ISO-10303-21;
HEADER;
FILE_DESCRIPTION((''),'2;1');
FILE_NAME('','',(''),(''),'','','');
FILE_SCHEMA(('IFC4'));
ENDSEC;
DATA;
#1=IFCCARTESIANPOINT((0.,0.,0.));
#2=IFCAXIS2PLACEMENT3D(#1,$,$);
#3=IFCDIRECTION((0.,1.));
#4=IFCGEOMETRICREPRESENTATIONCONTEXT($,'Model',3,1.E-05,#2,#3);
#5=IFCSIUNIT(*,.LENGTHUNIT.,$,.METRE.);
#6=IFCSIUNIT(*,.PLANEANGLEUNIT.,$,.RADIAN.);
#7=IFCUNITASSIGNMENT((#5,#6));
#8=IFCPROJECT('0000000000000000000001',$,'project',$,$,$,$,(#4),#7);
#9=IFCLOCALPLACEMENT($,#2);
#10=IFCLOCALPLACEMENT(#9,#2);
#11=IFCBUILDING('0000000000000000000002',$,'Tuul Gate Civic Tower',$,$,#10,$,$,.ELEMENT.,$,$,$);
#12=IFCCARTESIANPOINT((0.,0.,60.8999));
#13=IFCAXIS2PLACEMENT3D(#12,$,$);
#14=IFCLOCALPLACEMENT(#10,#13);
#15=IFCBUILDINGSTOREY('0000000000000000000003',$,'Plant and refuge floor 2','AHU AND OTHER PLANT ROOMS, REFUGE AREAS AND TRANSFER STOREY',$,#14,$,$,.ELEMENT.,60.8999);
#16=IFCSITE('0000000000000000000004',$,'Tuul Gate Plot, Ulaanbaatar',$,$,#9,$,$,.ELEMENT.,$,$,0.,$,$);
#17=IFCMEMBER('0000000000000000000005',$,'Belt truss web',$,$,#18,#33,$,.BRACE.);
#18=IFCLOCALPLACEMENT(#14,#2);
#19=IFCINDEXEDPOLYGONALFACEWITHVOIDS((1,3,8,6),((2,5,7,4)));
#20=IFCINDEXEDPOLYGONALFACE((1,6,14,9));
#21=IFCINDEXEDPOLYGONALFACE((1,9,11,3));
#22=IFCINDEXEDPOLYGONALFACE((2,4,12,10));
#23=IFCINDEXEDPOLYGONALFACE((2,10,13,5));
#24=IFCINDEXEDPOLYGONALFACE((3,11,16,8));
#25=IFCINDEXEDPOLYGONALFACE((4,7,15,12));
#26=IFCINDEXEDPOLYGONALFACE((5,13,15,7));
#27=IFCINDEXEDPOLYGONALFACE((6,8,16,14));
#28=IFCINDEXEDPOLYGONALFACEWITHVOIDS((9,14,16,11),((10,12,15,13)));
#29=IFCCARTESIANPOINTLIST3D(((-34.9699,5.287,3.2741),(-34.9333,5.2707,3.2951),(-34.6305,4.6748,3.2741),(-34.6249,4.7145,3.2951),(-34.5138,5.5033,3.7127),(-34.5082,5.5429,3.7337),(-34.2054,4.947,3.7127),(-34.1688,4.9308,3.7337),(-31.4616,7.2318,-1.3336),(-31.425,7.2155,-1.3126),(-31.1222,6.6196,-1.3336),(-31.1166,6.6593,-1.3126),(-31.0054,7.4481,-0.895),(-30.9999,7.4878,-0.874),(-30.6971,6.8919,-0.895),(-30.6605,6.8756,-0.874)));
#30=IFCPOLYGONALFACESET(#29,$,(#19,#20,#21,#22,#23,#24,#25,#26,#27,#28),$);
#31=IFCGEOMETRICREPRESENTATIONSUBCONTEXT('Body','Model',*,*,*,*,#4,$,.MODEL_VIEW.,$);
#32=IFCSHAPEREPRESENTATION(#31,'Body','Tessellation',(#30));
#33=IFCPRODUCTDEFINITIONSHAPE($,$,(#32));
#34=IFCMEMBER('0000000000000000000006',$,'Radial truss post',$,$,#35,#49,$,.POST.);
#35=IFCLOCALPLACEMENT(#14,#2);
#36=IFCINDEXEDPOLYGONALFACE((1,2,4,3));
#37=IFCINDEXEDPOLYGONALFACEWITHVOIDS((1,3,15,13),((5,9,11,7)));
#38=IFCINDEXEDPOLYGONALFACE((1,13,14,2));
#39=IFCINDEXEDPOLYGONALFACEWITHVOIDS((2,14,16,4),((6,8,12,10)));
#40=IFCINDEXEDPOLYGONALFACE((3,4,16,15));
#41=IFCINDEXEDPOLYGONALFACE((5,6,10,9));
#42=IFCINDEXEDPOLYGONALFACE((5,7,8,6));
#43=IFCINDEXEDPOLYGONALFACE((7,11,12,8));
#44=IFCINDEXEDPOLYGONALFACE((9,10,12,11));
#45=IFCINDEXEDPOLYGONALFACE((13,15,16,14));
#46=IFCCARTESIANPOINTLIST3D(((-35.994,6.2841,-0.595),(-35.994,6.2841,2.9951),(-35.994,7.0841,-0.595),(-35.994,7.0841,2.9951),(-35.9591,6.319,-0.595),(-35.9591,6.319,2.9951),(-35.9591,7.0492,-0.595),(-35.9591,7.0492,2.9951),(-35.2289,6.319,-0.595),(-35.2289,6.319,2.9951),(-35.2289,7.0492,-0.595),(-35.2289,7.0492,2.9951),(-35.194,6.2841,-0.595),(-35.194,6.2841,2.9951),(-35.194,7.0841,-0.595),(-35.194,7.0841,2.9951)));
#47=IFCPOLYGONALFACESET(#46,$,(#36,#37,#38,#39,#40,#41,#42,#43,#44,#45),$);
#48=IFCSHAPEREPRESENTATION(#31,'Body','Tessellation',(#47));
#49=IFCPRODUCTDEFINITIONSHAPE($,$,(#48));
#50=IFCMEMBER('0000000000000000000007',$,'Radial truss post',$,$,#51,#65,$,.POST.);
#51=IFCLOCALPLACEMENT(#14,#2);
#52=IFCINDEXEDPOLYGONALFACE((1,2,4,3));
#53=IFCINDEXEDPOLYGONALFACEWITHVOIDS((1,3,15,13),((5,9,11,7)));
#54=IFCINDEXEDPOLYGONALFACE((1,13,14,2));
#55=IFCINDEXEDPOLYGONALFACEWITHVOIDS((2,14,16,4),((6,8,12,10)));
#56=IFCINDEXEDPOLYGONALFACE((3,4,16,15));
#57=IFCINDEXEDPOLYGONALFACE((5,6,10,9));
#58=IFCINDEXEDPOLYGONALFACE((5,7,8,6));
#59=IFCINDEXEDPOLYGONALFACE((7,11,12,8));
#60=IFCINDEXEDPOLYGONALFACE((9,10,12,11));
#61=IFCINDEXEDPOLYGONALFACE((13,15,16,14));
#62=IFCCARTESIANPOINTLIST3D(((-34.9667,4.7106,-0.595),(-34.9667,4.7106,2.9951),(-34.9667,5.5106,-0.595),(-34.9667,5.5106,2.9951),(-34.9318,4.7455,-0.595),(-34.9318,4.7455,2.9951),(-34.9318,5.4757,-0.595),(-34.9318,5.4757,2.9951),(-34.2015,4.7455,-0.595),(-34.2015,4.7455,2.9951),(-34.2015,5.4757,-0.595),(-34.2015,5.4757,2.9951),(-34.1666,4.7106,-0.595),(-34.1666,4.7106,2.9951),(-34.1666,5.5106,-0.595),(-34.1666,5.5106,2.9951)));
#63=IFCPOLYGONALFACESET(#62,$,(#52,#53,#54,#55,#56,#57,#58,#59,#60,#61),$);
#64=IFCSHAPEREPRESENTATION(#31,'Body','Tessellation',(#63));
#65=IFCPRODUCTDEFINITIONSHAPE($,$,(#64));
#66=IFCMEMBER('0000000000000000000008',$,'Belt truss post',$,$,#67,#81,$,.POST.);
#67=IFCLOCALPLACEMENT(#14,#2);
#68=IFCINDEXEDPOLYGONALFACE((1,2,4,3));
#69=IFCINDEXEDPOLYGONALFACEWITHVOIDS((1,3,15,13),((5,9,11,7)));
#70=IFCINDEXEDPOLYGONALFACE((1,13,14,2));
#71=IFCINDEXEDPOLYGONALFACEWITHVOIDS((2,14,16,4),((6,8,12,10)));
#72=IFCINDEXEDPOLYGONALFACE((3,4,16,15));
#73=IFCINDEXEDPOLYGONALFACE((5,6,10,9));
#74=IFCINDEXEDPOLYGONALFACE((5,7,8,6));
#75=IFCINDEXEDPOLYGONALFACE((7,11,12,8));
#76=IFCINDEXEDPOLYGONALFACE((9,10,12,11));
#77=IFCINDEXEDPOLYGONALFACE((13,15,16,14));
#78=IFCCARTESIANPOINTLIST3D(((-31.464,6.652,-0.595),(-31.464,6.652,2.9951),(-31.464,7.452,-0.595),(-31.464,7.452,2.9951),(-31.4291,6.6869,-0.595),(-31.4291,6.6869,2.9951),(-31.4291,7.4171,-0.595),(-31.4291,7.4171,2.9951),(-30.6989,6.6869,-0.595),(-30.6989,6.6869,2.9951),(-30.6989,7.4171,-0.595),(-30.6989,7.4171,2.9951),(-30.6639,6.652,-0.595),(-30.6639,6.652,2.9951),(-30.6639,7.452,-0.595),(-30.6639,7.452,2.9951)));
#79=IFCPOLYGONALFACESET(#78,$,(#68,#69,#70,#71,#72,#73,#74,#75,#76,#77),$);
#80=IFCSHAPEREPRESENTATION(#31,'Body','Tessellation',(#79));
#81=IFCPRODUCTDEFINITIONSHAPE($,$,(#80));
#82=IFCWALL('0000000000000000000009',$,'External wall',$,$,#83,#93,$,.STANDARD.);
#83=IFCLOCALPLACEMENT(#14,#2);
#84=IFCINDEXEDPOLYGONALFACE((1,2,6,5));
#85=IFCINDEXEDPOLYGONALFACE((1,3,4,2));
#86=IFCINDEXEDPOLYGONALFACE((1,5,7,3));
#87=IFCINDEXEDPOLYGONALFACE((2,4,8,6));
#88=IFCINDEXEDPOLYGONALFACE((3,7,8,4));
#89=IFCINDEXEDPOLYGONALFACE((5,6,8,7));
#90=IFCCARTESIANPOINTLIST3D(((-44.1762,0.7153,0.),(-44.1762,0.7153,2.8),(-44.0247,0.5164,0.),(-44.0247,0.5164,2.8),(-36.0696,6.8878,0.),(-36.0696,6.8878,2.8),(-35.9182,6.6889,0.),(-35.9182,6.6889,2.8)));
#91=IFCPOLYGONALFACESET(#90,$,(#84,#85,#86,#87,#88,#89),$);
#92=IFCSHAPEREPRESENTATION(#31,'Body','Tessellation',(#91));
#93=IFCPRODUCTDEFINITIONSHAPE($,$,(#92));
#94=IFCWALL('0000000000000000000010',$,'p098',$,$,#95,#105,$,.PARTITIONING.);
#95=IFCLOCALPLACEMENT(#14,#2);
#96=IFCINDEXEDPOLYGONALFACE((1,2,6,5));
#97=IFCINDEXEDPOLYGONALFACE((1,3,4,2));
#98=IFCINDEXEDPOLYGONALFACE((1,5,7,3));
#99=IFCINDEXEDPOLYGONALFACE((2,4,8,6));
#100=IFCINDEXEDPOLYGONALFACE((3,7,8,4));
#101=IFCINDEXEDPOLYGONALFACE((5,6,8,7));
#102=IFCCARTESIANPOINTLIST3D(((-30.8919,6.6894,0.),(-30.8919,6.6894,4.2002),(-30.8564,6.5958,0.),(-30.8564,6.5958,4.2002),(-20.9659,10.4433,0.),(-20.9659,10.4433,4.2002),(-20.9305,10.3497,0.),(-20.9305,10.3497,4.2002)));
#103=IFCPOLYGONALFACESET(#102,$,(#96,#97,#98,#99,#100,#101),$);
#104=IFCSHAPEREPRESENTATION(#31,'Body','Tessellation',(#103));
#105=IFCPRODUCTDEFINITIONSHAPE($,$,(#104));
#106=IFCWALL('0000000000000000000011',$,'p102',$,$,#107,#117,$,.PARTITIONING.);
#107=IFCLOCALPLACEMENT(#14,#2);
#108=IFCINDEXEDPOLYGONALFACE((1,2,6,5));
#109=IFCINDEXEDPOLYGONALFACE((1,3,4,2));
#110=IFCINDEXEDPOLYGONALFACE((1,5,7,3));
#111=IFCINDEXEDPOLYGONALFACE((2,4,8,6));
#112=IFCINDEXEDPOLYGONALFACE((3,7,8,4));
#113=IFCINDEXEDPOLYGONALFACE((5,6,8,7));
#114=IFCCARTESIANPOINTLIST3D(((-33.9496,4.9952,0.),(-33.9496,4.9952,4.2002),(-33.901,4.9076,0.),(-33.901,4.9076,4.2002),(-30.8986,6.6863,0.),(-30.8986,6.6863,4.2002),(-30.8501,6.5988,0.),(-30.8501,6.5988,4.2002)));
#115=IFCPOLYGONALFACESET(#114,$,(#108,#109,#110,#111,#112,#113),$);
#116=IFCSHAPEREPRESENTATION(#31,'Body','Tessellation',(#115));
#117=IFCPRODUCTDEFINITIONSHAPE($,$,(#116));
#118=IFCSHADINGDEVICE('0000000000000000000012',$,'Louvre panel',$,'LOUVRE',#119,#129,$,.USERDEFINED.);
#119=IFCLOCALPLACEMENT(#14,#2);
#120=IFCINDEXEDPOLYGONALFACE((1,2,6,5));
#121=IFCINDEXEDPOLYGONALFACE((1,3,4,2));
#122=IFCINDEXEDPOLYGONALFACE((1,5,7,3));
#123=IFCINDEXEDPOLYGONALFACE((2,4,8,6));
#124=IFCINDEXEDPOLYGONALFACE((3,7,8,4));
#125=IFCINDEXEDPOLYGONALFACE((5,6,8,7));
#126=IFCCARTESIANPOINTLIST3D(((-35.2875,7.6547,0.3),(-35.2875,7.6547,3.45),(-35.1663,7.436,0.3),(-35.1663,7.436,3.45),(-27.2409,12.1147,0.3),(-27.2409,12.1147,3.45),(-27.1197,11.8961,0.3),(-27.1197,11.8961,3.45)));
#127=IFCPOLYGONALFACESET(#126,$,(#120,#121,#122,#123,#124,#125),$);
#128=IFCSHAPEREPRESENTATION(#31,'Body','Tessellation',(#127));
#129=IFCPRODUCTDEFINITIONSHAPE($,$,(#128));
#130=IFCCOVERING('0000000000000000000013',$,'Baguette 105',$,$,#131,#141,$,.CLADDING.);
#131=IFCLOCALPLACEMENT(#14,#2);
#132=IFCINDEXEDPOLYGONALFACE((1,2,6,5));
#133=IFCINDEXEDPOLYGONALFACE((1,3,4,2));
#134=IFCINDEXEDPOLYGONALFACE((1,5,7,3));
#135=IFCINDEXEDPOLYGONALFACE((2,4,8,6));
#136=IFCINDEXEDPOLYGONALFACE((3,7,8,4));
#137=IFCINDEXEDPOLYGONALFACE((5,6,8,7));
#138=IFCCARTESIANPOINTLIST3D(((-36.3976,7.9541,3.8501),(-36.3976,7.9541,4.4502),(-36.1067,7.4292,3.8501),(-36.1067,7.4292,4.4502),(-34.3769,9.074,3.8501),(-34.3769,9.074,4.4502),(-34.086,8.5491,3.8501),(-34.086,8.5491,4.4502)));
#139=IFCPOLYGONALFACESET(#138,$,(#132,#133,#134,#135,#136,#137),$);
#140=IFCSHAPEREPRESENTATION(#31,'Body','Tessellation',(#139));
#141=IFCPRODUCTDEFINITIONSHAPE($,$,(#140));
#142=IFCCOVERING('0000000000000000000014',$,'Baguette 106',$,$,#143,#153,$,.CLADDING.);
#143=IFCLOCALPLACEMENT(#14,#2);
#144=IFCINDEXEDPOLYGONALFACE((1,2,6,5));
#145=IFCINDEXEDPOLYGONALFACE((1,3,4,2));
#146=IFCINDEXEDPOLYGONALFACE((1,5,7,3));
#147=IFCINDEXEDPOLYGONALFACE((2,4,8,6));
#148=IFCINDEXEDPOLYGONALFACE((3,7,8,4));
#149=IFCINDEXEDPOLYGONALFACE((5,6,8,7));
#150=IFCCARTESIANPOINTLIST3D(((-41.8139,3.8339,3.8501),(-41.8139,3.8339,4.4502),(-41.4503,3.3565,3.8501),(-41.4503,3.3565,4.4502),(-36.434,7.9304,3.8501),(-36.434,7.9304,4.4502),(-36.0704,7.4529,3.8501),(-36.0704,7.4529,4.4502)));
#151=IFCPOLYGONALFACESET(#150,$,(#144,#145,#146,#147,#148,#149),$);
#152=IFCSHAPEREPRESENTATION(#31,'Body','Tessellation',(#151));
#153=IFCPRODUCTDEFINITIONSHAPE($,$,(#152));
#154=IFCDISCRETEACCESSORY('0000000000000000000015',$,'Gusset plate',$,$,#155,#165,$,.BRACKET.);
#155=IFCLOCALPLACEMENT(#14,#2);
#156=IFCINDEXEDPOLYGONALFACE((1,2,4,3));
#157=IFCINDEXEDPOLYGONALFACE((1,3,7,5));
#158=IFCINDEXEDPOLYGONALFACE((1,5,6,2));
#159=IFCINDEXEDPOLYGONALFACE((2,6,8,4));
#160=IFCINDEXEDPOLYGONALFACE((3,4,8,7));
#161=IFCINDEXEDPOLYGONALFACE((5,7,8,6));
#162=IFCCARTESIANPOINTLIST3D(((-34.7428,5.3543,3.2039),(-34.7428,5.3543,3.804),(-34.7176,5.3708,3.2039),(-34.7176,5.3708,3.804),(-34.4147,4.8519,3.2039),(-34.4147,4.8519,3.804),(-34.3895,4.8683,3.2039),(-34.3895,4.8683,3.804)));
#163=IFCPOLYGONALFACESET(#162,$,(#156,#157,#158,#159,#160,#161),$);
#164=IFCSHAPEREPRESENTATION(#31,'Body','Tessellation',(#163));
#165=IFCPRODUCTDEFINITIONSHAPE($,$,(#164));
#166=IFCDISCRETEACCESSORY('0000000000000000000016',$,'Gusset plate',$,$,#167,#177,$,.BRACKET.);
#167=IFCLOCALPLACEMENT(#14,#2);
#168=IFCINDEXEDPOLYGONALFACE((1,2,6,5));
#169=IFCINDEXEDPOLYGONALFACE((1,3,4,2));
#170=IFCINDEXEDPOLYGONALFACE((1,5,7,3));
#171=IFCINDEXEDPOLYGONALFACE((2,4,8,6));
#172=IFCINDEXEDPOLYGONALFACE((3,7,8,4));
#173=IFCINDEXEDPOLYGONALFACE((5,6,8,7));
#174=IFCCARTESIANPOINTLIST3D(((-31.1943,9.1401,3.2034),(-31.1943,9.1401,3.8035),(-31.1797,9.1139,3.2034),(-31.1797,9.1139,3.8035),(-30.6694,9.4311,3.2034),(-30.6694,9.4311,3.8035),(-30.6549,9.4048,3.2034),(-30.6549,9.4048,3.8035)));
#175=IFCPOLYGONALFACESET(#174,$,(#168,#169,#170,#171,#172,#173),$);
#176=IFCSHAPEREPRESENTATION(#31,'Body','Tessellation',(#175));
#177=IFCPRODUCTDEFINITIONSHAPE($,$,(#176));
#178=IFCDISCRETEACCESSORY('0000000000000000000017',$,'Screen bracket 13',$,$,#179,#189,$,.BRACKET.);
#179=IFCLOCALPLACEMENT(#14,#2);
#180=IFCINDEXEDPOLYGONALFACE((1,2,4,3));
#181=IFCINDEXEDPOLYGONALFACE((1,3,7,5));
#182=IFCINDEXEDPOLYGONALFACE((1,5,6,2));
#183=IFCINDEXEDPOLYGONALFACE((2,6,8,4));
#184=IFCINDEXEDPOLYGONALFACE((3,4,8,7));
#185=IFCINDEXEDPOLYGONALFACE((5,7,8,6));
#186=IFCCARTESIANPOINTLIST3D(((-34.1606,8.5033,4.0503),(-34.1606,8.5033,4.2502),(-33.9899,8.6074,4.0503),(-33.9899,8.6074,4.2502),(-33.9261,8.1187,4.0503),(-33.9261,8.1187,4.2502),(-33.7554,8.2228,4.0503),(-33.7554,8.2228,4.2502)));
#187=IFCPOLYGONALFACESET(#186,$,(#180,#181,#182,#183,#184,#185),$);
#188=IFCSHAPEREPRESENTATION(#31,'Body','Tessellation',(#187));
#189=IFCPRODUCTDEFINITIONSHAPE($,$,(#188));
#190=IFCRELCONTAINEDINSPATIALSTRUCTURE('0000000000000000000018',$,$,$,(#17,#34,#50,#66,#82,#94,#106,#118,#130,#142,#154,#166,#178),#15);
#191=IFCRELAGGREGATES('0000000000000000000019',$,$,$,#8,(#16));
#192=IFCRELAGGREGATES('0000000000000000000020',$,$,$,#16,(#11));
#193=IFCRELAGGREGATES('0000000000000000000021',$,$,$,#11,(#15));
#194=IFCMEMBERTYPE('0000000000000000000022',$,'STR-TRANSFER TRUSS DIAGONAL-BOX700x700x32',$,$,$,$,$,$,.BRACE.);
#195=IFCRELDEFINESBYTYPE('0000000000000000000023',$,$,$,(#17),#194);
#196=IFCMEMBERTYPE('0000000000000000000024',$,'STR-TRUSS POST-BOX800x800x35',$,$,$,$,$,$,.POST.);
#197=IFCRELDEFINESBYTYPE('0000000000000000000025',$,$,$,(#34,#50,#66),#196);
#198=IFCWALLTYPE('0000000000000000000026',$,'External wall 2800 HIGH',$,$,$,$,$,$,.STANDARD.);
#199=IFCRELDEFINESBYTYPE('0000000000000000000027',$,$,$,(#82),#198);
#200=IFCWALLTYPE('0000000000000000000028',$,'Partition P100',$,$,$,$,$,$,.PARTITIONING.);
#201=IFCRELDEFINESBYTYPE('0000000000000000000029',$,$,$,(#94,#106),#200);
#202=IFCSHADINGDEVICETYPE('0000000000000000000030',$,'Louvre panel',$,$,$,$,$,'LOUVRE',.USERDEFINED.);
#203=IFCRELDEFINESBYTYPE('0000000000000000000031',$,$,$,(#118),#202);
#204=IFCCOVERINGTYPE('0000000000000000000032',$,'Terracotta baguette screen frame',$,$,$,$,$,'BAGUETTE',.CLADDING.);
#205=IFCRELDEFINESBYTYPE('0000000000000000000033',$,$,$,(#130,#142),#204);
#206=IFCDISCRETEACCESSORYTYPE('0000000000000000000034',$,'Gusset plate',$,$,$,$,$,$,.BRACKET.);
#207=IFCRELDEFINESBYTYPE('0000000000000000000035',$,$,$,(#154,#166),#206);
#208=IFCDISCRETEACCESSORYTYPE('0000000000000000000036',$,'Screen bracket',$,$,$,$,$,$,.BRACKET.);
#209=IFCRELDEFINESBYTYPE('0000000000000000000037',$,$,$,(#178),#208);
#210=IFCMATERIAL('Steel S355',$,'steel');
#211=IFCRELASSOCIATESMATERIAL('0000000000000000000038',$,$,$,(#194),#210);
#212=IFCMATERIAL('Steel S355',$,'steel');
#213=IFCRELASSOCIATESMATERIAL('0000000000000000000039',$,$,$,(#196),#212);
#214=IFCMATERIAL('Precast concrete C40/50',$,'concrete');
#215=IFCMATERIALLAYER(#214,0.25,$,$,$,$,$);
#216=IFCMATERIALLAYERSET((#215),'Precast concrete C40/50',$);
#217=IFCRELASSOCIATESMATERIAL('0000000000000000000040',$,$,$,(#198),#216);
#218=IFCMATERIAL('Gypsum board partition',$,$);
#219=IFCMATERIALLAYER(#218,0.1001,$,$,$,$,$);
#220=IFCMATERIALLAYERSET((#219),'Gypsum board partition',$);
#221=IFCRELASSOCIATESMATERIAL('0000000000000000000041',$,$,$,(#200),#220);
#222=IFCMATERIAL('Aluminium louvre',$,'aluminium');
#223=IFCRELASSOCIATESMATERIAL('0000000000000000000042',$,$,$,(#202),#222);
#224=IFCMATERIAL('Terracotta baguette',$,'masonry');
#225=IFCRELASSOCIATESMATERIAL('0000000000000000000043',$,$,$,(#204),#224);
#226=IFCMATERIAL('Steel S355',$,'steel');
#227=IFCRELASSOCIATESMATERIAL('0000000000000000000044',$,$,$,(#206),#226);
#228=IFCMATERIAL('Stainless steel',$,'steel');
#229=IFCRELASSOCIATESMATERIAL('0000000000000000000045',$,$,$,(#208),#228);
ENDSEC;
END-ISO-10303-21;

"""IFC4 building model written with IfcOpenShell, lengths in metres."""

from ifc_helpers import new_model, si_unit, direction, frame, frame_2d, origin, origin_2d, place, context, subcontext, project, spatial, rectangle, hollow_rectangle, extrude, material, layer, layer_set, material_profile, profile_set, type_object, element, save


model = new_model("IFC4")

# Units and contexts
model_context = context("Model", 3, precision=1e-05, world=origin(), true_north=direction((0.0, 1.0)))
body_context = subcontext(model_context, "Body", "Model", "MODEL_VIEW")
ifc_project = project(units=[si_unit("LENGTHUNIT", "METRE"), si_unit("PLANEANGLEUNIT", "RADIAN")], contexts=[model_context])

# Site, building, storey
site_placement = place(None, origin())
site = spatial("IfcSite", under=ifc_project, at=site_placement, Name="Tuul Gate Plot, Ulaanbaatar", CompositionType="ELEMENT", RefElevation=0.0)
building_placement = place(site_placement, origin())
building = spatial("IfcBuilding", under=site, at=building_placement, Name="Tuul Gate Civic Tower", CompositionType="ELEMENT")
storey_placement = place(building_placement, frame((0.0, 0.0, 60.8999)))
storey = spatial("IfcBuildingStorey", under=building, at=storey_placement, Name="Plant and refuge floor 2", Description="AHU AND OTHER PLANT ROOMS, REFUGE AREAS AND TRANSFER STOREY", CompositionType="ELEMENT", Elevation=60.8999)

# Members
ifc_material_1 = material(Name="Steel S355", Category="steel")
ifc_material_profile_1 = material_profile(ifc_material_1, hollow_rectangle(XDim=0.7, YDim=0.7, WallThickness=0.032, at=origin_2d()), Name="BOX700x700x32")
ifc_profile_set_1 = profile_set([ifc_material_profile_1], Name="Steel S355")
member_type_1 = type_object("IfcMemberType", Name="STR-TRANSFER TRUSS DIAGONAL-BOX700x700x32", PredefinedType="BRACE", material=ifc_profile_set_1)
member_1_placement = place(storey_placement, frame((-31.061, 7.0537, -1.1038), z_axis=(-0.574275, -0.318349, 0.75423), x_axis=(0.484837, -0.874605, 0.0)))
element("IfcMember", 1, at=member_1_placement, inside=storey, type_object=member_type_1, Name="Belt truss web", PredefinedType="BRACE", context=body_context, shape_type="SweptSolid", body=[
    extrude(hollow_rectangle(XDim=0.7, YDim=0.7, WallThickness=0.032, at=origin_2d()), origin(), (0.0, 0.0, 1.0), 6.1091),
])
ifc_material_2 = material(Name="Steel S355", Category="steel")
ifc_material_profile_2 = material_profile(ifc_material_2, hollow_rectangle(XDim=0.8, YDim=0.8, WallThickness=0.0349, at=origin_2d()), Name="BOX800x800x35")
ifc_profile_set_2 = profile_set([ifc_material_profile_2], Name="Steel S355")
member_type_2 = type_object("IfcMemberType", Name="STR-TRUSS POST-BOX800x800x35", PredefinedType="POST", material=ifc_profile_set_2)
for number, where, z_axis, x_axis, name in (
    (2, (-35.594, 6.6841, -0.595), (0.0, 0.0, 1.0), (1.0, 0.0, 0.0), "Radial truss post"),
    (3, (-34.5667, 5.1106, -0.595), (0.0, 0.0, 1.0), (1.0, 0.0, 0.0), "Radial truss post"),
    (4, (-31.064, 7.052, -0.595), (0.0, 0.0, 1.0), (1.0, 0.0, 0.0), "Belt truss post"),
):
    element("IfcMember", number, at=place(storey_placement, frame(where, z_axis=z_axis, x_axis=x_axis)), inside=storey, type_object=member_type_2, Name=name, PredefinedType="POST", context=body_context, shape_type="SweptSolid", body=[
        extrude(hollow_rectangle(XDim=0.8, YDim=0.8, WallThickness=0.0349, at=origin_2d()), origin(), (0.0, 0.0, 1.0), 3.5901),
    ])

# Walls
ifc_material_3 = material(Name="Precast concrete C40/50", Category="concrete")
ifc_layer_1 = layer(ifc_material_3, 0.25)
ifc_layer_set_1 = layer_set([ifc_layer_1], Name="Precast concrete C40/50")
wall_type_1 = type_object("IfcWallType", Name="External wall 2800 HIGH", PredefinedType="STANDARD", material=ifc_layer_set_1)
wall_1_placement = place(storey_placement, frame((-35.9939, 6.7883, 0.0), z_axis=(0.0, 0.0, 1.0), x_axis=(-0.79562, -0.605796, 0.0)))
element("IfcWall", 5, at=wall_1_placement, inside=storey, type_object=wall_type_1, Name="External wall", PredefinedType="STANDARD", context=body_context, shape_type="SweptSolid", body=[
    extrude(rectangle(XDim=10.189, YDim=0.25, at=frame_2d((5.0945, 0.0))), origin(), (0.0, 0.0, 1.0), 2.8),
])
ifc_material_4 = material(Name="Gypsum board partition")
ifc_layer_2 = layer(ifc_material_4, 0.1001)
ifc_layer_set_2 = layer_set([ifc_layer_2], Name="Gypsum board partition")
wall_type_2 = type_object("IfcWallType", Name="Partition P100", PredefinedType="PARTITIONING", material=ifc_layer_set_2)
wall_2_placement = place(storey_placement, frame((-30.8743, 6.6426, 0.0), z_axis=(0.0, 0.0, 1.0), x_axis=(0.935345, 0.353737, 0.0)))
element("IfcWall", 6, at=wall_2_placement, inside=storey, type_object=wall_type_2, Name="p098", PredefinedType="PARTITIONING", context=body_context, shape_type="SweptSolid", body=[
    extrude(rectangle(XDim=10.6121, YDim=0.1001, at=frame_2d((5.3062, 0.0))), origin(), (0.0, 0.0, 1.0), 4.2002),
])
wall_3_placement = place(storey_placement, frame((-33.9253, 4.9514, 0.0), z_axis=(0.0, 0.0, 1.0), x_axis=(0.874626, 0.484799, 0.0)))
element("IfcWall", 7, at=wall_3_placement, inside=storey, type_object=wall_type_2, Name="p102", PredefinedType="PARTITIONING", context=body_context, shape_type="SweptSolid", body=[
    extrude(rectangle(XDim=3.4883, YDim=0.1001, at=frame_2d((1.7441, 0.0))), origin(), (0.0, 0.0, 1.0), 4.2002),
])

# Shading device
ifc_material_5 = material(Name="Aluminium louvre", Category="aluminium")
shading_device_type = type_object("IfcShadingDeviceType", Name="Louvre panel", ElementType="LOUVRE", PredefinedType="USERDEFINED", material=ifc_material_5)
shading_device_placement = place(storey_placement, frame((-31.2036, 9.7754, 0.3), z_axis=(0.0, 0.0, 1.0), x_axis=(-0.484789, 0.874631, 0.0)))
element("IfcShadingDevice", 8, at=shading_device_placement, inside=storey, type_object=shading_device_type, Name="Louvre panel", ObjectType="LOUVRE", PredefinedType="USERDEFINED", context=body_context, shape_type="SweptSolid", body=[
    extrude(rectangle(XDim=0.25, YDim=9.2, at=origin_2d()), origin(), (0.0, 0.0, 1.0), 3.1499),
])

# Coverings
ifc_material_6 = material(Name="Terracotta baguette", Category="masonry")
ifc_material_profile_3 = material_profile(ifc_material_6, rectangle(XDim=0.6001, YDim=0.6001, at=origin_2d()), Name="Terracotta baguette screen frame")
ifc_profile_set_3 = profile_set([ifc_material_profile_3], Name="Terracotta baguette")
covering_type = type_object("IfcCoveringType", Name="Terracotta baguette screen frame", ElementType="BAGUETTE", PredefinedType="CLADDING", material=ifc_profile_set_3)
covering_1_placement = place(storey_placement, frame((-34.2314, 8.8115, 4.1501), z_axis=(-0.874665, -0.484727, 0.0), x_axis=(0.484727, -0.874665, 0.0)))
element("IfcCovering", 9, at=covering_1_placement, inside=storey, type_object=covering_type, Name="Baguette 105", PredefinedType="CLADDING", context=body_context, shape_type="SweptSolid", body=[
    extrude(rectangle(XDim=0.6001, YDim=0.6001, at=origin_2d()), origin(), (0.0, 0.0, 1.0), 2.3103),
])
covering_2_placement = place(storey_placement, frame((-36.2522, 7.6917, 4.1501), z_axis=(-0.795612, -0.605807, 0.0), x_axis=(0.605807, -0.795612, 0.0)))
element("IfcCovering", 10, at=covering_2_placement, inside=storey, type_object=covering_type, Name="Baguette 106", PredefinedType="CLADDING", context=body_context, shape_type="SweptSolid", body=[
    extrude(rectangle(XDim=0.6001, YDim=0.6001, at=origin_2d()), origin(), (0.0, 0.0, 1.0), 6.762),
])

# Discrete accessories
ifc_material_7 = material(Name="Steel S355", Category="steel")
discrete_accessory_type_1 = type_object("IfcDiscreteAccessoryType", Name="Gusset plate", PredefinedType="BRACKET", material=ifc_material_7)
for number, where, z_axis, x_axis, name in (
    (11, (-34.5662, 5.1113, 3.2039), (0.0, 0.0, 1.0), (-0.546743, 0.8373, 0.0), "Gusset plate"),
    (12, (-30.9246, 9.2725, 3.2034), (0.0, 0.0, 1.0), (0.874607, 0.484832, 0.0), "Gusset plate"),
):
    element("IfcDiscreteAccessory", number, at=place(storey_placement, frame(where, z_axis=z_axis, x_axis=x_axis)), inside=storey, type_object=discrete_accessory_type_1, Name=name, PredefinedType="BRACKET", context=body_context, shape_type="SweptSolid", body=[
        extrude(rectangle(XDim=0.6001, YDim=0.03, at=origin_2d()), origin(), (0.0, 0.0, 1.0), 0.6001),
    ])
ifc_material_8 = material(Name="Stainless steel", Category="steel")
discrete_accessory_type_2 = type_object("IfcDiscreteAccessoryType", Name="Screen bracket", PredefinedType="BRACKET", material=ifc_material_8)
discrete_accessory_placement = place(storey_placement, frame((-33.958, 8.363, 4.0503), z_axis=(0.0, 0.0, 1.0), x_axis=(-0.520735, 0.853718, 0.0)))
element("IfcDiscreteAccessory", 13, at=discrete_accessory_placement, inside=storey, type_object=discrete_accessory_type_2, Name="Screen bracket 13", PredefinedType="BRACKET", context=body_context, shape_type="SweptSolid", body=[
    extrude(rectangle(XDim=0.4504, YDim=0.2, at=origin_2d()), origin(), (0.0, 0.0, 1.0), 0.2),
])

save(model, "model.ifc")
